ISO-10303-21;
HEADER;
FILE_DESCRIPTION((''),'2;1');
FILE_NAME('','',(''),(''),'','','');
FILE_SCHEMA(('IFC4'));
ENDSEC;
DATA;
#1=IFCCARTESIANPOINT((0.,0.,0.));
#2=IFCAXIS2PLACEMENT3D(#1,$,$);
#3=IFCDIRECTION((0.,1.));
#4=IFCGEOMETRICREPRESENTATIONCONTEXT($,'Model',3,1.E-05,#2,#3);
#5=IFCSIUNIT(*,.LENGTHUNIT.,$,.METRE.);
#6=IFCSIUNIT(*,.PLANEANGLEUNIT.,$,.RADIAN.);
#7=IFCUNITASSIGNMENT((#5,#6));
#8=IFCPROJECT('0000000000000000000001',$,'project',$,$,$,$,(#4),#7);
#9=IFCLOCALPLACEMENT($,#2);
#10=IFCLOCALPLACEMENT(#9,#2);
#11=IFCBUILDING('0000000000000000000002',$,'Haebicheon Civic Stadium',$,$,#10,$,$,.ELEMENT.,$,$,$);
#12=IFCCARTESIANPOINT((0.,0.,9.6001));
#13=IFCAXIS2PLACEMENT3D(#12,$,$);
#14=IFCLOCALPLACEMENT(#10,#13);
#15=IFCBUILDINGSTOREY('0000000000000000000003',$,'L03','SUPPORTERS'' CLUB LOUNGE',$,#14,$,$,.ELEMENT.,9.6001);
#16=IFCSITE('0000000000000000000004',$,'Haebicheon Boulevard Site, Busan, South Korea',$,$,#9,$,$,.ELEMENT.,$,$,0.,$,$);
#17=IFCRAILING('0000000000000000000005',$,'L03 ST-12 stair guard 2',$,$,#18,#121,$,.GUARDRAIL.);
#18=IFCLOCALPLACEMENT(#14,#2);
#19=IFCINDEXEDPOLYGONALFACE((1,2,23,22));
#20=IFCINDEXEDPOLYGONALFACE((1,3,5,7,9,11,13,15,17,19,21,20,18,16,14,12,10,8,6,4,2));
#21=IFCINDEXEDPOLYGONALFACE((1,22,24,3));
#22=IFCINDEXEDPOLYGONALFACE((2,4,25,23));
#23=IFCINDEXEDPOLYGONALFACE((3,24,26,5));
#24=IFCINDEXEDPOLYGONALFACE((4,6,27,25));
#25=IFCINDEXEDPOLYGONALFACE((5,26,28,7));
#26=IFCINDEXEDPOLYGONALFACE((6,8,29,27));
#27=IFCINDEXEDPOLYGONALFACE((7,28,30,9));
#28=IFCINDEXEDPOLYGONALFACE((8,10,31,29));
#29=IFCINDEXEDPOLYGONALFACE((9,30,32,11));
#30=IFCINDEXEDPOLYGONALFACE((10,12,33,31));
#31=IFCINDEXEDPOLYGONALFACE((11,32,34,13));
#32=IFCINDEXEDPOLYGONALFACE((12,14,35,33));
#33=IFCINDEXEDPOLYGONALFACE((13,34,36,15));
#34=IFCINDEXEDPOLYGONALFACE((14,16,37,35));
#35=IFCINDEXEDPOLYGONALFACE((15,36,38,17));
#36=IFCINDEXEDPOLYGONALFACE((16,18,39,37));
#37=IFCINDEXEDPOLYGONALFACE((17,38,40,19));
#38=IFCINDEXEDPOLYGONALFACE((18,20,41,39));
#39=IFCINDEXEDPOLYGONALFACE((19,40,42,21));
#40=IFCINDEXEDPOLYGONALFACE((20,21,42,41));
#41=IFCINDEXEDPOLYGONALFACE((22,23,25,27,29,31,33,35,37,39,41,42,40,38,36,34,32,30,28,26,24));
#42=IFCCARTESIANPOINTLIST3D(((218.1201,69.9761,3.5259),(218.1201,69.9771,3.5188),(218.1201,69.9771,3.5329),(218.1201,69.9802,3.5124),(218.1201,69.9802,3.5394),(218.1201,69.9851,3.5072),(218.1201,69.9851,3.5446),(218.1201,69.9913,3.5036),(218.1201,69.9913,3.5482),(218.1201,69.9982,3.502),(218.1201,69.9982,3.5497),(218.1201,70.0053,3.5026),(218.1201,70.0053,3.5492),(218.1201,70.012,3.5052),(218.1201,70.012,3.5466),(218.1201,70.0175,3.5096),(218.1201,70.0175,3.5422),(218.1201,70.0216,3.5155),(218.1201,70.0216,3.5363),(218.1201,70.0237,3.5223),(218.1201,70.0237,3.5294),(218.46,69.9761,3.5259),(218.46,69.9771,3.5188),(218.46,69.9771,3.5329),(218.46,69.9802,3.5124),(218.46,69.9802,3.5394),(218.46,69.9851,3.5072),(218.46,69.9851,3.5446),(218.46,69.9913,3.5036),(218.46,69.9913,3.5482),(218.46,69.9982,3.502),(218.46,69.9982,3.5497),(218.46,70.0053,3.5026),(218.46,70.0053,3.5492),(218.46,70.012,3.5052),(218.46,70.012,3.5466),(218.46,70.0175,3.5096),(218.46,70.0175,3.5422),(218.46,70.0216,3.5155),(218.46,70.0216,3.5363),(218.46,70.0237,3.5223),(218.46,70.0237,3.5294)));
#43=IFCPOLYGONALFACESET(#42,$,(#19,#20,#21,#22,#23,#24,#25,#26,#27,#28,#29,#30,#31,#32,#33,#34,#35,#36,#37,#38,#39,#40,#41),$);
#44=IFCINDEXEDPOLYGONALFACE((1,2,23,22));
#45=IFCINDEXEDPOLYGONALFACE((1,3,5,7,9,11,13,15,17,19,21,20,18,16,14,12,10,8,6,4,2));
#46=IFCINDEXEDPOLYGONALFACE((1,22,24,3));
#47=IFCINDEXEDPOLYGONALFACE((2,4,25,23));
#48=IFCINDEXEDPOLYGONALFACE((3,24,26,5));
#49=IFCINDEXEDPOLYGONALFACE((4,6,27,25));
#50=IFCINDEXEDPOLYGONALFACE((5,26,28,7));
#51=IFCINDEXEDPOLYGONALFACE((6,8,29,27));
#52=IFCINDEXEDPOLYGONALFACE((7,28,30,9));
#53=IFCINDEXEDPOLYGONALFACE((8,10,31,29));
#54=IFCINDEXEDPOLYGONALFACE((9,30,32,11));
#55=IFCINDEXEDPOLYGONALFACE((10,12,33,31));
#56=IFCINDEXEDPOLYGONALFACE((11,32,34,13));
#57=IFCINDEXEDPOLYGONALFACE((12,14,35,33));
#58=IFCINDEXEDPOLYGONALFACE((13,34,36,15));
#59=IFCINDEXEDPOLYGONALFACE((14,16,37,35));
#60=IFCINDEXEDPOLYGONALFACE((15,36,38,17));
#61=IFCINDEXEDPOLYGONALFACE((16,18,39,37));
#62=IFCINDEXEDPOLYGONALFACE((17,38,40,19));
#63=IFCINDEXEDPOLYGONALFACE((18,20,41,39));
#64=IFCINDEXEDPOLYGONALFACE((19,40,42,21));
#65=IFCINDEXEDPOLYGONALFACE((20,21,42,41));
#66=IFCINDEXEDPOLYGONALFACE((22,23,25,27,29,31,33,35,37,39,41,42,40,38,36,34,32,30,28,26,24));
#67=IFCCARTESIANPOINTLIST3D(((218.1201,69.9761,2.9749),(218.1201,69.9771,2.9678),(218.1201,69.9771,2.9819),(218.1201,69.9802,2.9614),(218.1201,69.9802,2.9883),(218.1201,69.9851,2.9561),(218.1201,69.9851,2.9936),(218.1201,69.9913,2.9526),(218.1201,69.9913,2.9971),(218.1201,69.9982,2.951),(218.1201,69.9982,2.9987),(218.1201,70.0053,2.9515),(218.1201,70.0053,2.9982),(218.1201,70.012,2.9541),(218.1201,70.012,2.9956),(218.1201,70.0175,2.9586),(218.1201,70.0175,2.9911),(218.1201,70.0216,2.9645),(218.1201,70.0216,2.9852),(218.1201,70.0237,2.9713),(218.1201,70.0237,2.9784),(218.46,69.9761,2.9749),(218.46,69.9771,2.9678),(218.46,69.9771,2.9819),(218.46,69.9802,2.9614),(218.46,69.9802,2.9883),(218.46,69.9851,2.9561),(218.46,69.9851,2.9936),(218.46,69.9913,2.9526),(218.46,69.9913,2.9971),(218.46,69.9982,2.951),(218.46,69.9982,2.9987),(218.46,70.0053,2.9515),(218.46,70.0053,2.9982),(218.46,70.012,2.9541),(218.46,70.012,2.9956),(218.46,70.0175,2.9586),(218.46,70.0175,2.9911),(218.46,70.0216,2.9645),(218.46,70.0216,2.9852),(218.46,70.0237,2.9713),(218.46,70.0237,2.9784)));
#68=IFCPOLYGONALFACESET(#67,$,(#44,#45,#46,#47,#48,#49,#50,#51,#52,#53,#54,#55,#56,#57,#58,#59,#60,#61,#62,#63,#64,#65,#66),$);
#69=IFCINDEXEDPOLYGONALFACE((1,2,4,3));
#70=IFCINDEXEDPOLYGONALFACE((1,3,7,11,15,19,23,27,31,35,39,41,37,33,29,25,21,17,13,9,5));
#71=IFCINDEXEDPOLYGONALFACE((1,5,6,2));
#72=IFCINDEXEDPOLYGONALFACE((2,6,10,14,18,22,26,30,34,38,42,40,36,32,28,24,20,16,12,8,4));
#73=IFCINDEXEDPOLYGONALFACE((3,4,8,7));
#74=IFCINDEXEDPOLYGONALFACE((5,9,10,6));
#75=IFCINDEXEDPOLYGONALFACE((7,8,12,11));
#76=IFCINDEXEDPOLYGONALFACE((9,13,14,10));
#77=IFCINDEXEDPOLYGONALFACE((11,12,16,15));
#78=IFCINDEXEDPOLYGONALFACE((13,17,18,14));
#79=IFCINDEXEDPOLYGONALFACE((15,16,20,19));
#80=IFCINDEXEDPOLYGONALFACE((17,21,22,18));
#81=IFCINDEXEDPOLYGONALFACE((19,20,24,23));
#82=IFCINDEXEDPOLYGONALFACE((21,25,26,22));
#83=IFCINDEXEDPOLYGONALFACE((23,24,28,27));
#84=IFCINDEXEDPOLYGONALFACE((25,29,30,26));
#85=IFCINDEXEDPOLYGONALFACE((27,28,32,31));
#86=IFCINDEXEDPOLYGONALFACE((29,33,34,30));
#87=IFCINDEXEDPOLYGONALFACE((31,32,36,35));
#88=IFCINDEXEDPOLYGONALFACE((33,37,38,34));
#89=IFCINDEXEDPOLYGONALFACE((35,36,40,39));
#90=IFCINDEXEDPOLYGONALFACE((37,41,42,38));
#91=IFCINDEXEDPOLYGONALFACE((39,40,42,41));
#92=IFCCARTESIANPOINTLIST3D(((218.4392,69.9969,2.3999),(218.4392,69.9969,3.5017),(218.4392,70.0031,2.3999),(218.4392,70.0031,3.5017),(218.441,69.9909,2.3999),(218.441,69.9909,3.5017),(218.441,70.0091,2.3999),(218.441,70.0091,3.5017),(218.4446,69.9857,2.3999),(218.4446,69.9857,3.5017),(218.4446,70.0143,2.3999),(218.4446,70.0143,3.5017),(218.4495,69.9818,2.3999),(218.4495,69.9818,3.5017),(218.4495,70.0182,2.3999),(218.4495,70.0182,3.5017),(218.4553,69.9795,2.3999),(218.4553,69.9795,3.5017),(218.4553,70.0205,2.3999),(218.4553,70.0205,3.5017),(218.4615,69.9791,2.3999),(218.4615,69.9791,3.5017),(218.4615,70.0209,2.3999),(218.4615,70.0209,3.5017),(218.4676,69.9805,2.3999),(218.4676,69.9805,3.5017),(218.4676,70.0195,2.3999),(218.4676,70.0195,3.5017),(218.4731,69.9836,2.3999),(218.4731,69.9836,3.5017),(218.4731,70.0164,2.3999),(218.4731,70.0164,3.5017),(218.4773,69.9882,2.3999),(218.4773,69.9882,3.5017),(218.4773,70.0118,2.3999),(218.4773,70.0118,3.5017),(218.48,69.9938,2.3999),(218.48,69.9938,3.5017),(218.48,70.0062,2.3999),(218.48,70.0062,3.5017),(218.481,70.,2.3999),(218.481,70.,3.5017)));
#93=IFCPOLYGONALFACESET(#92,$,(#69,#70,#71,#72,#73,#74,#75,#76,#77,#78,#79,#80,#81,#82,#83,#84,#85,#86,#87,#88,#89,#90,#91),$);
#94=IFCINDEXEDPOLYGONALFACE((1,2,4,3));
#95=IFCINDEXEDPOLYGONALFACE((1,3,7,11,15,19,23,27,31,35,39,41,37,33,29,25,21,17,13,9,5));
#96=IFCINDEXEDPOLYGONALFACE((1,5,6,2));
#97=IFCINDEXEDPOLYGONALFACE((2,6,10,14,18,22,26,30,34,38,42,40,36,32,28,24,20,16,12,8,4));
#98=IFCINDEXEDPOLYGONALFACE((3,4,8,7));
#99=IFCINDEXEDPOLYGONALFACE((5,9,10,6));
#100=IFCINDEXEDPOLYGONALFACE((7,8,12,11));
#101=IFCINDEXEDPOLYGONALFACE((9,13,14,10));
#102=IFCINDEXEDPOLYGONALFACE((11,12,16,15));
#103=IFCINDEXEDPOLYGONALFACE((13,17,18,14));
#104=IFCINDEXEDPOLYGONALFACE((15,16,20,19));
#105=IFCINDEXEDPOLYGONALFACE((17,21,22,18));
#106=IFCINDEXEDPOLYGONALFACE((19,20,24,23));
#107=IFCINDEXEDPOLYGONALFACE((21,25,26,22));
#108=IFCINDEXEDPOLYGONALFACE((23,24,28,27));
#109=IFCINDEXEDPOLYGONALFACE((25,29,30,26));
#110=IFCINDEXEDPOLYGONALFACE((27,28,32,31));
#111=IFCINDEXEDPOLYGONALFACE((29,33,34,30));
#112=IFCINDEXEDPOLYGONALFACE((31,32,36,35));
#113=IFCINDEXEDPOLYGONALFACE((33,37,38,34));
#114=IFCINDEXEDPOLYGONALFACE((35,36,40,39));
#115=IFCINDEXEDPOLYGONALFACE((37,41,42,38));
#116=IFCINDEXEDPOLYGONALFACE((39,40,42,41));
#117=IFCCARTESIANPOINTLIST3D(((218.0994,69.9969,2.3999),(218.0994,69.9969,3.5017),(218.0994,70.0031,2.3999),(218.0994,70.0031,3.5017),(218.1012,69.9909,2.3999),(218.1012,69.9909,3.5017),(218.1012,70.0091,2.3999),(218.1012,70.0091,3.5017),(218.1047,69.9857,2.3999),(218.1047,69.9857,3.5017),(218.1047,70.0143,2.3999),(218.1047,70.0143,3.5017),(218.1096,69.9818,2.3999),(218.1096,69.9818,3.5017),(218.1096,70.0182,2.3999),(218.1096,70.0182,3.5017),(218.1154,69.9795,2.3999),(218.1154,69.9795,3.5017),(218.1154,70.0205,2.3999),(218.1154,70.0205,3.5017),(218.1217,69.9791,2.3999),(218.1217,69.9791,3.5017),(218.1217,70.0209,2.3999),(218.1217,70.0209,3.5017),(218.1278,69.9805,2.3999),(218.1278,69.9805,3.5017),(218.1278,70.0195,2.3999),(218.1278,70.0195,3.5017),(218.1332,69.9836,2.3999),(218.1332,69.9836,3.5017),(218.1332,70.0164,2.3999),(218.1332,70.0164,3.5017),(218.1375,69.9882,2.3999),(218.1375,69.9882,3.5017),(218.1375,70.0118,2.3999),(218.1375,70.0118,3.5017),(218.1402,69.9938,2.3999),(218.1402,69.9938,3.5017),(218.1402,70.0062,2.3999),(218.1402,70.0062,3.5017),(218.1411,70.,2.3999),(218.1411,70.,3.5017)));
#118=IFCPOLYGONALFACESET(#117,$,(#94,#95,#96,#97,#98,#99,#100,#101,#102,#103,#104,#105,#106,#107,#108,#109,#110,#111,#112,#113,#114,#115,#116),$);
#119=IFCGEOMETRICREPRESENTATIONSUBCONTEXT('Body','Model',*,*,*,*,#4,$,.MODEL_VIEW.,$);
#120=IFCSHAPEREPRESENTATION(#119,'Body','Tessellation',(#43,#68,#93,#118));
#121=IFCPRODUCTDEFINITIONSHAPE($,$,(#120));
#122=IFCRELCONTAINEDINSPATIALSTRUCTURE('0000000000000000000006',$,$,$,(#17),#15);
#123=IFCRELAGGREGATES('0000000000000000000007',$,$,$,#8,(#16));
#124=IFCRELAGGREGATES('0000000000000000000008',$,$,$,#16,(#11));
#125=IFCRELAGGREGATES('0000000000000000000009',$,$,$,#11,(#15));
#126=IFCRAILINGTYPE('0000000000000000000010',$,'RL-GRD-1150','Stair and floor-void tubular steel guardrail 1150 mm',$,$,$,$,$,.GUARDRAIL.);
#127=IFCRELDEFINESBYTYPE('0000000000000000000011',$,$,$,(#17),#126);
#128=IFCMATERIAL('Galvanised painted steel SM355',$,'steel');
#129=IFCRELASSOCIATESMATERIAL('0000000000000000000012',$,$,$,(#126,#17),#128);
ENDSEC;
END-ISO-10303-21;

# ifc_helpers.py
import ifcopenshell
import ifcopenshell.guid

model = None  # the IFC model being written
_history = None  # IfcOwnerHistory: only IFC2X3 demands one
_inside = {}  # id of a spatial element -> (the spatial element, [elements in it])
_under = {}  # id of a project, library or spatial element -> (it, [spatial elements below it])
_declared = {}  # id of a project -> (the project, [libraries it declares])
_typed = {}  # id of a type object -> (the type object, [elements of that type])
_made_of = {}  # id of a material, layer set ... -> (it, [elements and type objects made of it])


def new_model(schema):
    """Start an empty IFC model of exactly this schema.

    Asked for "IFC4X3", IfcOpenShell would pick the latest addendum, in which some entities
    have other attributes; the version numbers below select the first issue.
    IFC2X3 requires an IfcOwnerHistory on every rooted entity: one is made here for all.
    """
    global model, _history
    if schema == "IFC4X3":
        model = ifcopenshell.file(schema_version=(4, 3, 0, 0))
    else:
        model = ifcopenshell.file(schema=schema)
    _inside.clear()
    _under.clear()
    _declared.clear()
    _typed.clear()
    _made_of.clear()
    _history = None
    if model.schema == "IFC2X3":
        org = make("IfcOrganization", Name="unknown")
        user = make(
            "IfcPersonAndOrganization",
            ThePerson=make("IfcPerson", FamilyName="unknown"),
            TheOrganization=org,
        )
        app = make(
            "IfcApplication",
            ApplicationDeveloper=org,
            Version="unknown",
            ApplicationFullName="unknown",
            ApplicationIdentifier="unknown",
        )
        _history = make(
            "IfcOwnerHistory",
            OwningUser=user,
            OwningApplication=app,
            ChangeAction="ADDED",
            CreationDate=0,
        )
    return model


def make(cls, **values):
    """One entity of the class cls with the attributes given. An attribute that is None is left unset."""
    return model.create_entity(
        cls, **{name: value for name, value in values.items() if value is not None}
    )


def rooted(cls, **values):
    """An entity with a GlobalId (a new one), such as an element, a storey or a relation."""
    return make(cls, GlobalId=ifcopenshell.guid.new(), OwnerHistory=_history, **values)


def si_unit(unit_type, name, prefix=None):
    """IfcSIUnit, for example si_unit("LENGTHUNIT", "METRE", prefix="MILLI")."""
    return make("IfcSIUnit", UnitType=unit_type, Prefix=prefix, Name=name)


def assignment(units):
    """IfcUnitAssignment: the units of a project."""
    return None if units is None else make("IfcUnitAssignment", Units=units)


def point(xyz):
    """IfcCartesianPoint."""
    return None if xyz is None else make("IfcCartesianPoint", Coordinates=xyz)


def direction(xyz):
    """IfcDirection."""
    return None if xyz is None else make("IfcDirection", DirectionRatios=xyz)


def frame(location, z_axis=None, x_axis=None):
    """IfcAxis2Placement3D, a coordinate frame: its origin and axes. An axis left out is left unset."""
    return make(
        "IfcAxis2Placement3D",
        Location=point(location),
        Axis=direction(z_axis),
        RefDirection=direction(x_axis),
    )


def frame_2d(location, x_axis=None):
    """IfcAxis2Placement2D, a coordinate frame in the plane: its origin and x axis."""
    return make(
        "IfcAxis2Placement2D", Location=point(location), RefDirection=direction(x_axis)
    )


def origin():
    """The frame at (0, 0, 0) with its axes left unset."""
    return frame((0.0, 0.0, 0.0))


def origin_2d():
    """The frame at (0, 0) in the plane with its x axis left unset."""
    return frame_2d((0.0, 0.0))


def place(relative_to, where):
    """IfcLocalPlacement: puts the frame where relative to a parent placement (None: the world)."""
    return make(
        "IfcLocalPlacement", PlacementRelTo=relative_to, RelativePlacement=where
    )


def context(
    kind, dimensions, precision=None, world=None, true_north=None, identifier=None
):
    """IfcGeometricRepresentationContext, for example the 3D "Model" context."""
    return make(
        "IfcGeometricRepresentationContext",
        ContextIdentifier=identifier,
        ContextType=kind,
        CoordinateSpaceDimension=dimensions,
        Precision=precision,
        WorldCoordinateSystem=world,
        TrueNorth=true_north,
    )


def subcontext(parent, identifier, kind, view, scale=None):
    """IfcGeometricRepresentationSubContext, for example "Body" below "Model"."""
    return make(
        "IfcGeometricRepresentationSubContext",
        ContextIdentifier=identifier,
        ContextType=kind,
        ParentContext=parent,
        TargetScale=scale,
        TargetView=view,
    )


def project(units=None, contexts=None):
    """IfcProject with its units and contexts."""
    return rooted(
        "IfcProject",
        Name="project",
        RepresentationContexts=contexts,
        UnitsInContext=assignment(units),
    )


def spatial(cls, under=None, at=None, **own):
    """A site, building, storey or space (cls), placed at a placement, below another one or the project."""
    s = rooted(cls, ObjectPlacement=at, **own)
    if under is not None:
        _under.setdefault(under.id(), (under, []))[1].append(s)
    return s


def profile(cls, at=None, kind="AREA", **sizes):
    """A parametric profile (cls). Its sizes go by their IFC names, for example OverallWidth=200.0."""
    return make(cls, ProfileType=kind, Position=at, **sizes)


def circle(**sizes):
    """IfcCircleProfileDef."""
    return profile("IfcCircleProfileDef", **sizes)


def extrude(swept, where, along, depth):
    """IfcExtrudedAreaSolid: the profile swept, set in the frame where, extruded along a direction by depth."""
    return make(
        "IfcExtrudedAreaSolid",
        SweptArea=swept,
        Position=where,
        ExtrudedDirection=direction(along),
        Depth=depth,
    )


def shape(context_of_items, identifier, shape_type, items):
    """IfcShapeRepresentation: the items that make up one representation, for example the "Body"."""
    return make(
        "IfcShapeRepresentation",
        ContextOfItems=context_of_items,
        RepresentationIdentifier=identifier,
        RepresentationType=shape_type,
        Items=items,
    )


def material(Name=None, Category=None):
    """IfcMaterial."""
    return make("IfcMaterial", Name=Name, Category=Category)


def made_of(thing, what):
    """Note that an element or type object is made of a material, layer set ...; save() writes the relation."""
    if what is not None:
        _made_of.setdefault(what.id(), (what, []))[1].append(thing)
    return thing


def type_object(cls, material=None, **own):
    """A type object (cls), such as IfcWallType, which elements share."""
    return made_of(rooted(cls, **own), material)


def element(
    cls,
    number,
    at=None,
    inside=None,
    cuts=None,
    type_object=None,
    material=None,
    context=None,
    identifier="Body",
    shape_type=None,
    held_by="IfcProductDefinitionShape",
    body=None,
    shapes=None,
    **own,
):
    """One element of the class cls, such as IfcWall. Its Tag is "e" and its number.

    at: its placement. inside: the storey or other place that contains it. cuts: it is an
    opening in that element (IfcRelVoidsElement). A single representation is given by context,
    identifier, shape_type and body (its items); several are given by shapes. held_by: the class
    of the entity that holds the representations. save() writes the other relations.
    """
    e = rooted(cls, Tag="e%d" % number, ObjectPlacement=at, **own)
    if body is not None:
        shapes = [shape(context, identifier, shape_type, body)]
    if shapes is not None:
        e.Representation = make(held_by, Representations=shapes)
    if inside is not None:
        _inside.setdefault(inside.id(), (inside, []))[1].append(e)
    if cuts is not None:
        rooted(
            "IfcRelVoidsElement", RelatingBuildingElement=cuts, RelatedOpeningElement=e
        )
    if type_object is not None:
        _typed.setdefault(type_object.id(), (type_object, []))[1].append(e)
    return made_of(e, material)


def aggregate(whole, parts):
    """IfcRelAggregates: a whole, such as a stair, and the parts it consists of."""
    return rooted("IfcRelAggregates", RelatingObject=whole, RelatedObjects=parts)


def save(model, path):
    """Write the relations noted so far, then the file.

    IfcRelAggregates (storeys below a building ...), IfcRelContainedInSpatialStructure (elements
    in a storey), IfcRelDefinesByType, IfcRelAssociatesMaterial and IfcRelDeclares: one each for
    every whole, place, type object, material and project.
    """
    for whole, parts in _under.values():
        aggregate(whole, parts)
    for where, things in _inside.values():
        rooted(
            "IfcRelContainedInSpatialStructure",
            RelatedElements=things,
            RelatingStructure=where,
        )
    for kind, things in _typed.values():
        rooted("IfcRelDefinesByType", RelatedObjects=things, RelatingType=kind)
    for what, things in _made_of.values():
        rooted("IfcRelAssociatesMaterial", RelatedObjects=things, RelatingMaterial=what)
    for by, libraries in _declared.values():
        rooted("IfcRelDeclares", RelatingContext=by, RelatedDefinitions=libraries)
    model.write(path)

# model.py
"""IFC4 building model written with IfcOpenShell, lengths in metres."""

from ifc_helpers import new_model, si_unit, direction, frame, origin, origin_2d, place, context, subcontext, project, spatial, circle, extrude, material, type_object, element, save


model = new_model("IFC4")

# Units and contexts
model_context = context("Model", 3, precision=1e-05, world=origin(), true_north=direction((0.0, 1.0)))
body_context = subcontext(model_context, "Body", "Model", "MODEL_VIEW")
ifc_project = project(units=[si_unit("LENGTHUNIT", "METRE"), si_unit("PLANEANGLEUNIT", "RADIAN")], contexts=[model_context])

# Site, building, storey
site_placement = place(None, origin())
site = spatial("IfcSite", under=ifc_project, at=site_placement, Name="Haebicheon Boulevard Site, Busan, South Korea", CompositionType="ELEMENT", RefElevation=0.0)
building_placement = place(site_placement, origin())
building = spatial("IfcBuilding", under=site, at=building_placement, Name="Haebicheon Civic Stadium", CompositionType="ELEMENT")
storey_placement = place(building_placement, frame((0.0, 0.0, 9.6001)))
storey = spatial("IfcBuildingStorey", under=building, at=storey_placement, Name="L03", Description="SUPPORTERS' CLUB LOUNGE", CompositionType="ELEMENT", Elevation=9.6001)

# Railing
ifc_material_1 = material(Name="Galvanised painted steel SM355", Category="steel")
railing_type_1 = type_object("IfcRailingType", Name="RL-GRD-1150", Description="Stair and floor-void tubular steel guardrail 1150 mm", PredefinedType="GUARDRAIL", material=ifc_material_1)
railing_1_placement = place(storey_placement, frame((218.46, 70.0, 2.3999)))
element("IfcRailing", 1, at=railing_1_placement, inside=storey, type_object=railing_type_1, material=ifc_material_1, Name="L03 ST-12 stair guard 2", PredefinedType="GUARDRAIL", context=body_context, shape_type="SweptSolid", body=[
    extrude(circle(Radius=0.0239, at=origin_2d()), frame((0.0, 0.0, 1.126), z_axis=(-1.0, 0.0, 0.0), x_axis=(0.0, -1.0, 0.0)), (0.0, 0.0, 1.0), 0.3398),
    extrude(circle(Radius=0.0239, at=origin_2d()), frame((0.0, 0.0, 0.575), z_axis=(-1.0, 0.0, 0.0), x_axis=(0.0, -1.0, 0.0)), (0.0, 0.0, 1.0), 0.3398),
    extrude(circle(Radius=0.021, at=origin_2d()), origin(), (0.0, 0.0, 1.0), 1.1018),
    extrude(circle(Radius=0.021, at=origin_2d()), frame((-0.3398, 0.0, 0.0)), (0.0, 0.0, 1.0), 1.1018),
])

save(model, "model.ifc")
